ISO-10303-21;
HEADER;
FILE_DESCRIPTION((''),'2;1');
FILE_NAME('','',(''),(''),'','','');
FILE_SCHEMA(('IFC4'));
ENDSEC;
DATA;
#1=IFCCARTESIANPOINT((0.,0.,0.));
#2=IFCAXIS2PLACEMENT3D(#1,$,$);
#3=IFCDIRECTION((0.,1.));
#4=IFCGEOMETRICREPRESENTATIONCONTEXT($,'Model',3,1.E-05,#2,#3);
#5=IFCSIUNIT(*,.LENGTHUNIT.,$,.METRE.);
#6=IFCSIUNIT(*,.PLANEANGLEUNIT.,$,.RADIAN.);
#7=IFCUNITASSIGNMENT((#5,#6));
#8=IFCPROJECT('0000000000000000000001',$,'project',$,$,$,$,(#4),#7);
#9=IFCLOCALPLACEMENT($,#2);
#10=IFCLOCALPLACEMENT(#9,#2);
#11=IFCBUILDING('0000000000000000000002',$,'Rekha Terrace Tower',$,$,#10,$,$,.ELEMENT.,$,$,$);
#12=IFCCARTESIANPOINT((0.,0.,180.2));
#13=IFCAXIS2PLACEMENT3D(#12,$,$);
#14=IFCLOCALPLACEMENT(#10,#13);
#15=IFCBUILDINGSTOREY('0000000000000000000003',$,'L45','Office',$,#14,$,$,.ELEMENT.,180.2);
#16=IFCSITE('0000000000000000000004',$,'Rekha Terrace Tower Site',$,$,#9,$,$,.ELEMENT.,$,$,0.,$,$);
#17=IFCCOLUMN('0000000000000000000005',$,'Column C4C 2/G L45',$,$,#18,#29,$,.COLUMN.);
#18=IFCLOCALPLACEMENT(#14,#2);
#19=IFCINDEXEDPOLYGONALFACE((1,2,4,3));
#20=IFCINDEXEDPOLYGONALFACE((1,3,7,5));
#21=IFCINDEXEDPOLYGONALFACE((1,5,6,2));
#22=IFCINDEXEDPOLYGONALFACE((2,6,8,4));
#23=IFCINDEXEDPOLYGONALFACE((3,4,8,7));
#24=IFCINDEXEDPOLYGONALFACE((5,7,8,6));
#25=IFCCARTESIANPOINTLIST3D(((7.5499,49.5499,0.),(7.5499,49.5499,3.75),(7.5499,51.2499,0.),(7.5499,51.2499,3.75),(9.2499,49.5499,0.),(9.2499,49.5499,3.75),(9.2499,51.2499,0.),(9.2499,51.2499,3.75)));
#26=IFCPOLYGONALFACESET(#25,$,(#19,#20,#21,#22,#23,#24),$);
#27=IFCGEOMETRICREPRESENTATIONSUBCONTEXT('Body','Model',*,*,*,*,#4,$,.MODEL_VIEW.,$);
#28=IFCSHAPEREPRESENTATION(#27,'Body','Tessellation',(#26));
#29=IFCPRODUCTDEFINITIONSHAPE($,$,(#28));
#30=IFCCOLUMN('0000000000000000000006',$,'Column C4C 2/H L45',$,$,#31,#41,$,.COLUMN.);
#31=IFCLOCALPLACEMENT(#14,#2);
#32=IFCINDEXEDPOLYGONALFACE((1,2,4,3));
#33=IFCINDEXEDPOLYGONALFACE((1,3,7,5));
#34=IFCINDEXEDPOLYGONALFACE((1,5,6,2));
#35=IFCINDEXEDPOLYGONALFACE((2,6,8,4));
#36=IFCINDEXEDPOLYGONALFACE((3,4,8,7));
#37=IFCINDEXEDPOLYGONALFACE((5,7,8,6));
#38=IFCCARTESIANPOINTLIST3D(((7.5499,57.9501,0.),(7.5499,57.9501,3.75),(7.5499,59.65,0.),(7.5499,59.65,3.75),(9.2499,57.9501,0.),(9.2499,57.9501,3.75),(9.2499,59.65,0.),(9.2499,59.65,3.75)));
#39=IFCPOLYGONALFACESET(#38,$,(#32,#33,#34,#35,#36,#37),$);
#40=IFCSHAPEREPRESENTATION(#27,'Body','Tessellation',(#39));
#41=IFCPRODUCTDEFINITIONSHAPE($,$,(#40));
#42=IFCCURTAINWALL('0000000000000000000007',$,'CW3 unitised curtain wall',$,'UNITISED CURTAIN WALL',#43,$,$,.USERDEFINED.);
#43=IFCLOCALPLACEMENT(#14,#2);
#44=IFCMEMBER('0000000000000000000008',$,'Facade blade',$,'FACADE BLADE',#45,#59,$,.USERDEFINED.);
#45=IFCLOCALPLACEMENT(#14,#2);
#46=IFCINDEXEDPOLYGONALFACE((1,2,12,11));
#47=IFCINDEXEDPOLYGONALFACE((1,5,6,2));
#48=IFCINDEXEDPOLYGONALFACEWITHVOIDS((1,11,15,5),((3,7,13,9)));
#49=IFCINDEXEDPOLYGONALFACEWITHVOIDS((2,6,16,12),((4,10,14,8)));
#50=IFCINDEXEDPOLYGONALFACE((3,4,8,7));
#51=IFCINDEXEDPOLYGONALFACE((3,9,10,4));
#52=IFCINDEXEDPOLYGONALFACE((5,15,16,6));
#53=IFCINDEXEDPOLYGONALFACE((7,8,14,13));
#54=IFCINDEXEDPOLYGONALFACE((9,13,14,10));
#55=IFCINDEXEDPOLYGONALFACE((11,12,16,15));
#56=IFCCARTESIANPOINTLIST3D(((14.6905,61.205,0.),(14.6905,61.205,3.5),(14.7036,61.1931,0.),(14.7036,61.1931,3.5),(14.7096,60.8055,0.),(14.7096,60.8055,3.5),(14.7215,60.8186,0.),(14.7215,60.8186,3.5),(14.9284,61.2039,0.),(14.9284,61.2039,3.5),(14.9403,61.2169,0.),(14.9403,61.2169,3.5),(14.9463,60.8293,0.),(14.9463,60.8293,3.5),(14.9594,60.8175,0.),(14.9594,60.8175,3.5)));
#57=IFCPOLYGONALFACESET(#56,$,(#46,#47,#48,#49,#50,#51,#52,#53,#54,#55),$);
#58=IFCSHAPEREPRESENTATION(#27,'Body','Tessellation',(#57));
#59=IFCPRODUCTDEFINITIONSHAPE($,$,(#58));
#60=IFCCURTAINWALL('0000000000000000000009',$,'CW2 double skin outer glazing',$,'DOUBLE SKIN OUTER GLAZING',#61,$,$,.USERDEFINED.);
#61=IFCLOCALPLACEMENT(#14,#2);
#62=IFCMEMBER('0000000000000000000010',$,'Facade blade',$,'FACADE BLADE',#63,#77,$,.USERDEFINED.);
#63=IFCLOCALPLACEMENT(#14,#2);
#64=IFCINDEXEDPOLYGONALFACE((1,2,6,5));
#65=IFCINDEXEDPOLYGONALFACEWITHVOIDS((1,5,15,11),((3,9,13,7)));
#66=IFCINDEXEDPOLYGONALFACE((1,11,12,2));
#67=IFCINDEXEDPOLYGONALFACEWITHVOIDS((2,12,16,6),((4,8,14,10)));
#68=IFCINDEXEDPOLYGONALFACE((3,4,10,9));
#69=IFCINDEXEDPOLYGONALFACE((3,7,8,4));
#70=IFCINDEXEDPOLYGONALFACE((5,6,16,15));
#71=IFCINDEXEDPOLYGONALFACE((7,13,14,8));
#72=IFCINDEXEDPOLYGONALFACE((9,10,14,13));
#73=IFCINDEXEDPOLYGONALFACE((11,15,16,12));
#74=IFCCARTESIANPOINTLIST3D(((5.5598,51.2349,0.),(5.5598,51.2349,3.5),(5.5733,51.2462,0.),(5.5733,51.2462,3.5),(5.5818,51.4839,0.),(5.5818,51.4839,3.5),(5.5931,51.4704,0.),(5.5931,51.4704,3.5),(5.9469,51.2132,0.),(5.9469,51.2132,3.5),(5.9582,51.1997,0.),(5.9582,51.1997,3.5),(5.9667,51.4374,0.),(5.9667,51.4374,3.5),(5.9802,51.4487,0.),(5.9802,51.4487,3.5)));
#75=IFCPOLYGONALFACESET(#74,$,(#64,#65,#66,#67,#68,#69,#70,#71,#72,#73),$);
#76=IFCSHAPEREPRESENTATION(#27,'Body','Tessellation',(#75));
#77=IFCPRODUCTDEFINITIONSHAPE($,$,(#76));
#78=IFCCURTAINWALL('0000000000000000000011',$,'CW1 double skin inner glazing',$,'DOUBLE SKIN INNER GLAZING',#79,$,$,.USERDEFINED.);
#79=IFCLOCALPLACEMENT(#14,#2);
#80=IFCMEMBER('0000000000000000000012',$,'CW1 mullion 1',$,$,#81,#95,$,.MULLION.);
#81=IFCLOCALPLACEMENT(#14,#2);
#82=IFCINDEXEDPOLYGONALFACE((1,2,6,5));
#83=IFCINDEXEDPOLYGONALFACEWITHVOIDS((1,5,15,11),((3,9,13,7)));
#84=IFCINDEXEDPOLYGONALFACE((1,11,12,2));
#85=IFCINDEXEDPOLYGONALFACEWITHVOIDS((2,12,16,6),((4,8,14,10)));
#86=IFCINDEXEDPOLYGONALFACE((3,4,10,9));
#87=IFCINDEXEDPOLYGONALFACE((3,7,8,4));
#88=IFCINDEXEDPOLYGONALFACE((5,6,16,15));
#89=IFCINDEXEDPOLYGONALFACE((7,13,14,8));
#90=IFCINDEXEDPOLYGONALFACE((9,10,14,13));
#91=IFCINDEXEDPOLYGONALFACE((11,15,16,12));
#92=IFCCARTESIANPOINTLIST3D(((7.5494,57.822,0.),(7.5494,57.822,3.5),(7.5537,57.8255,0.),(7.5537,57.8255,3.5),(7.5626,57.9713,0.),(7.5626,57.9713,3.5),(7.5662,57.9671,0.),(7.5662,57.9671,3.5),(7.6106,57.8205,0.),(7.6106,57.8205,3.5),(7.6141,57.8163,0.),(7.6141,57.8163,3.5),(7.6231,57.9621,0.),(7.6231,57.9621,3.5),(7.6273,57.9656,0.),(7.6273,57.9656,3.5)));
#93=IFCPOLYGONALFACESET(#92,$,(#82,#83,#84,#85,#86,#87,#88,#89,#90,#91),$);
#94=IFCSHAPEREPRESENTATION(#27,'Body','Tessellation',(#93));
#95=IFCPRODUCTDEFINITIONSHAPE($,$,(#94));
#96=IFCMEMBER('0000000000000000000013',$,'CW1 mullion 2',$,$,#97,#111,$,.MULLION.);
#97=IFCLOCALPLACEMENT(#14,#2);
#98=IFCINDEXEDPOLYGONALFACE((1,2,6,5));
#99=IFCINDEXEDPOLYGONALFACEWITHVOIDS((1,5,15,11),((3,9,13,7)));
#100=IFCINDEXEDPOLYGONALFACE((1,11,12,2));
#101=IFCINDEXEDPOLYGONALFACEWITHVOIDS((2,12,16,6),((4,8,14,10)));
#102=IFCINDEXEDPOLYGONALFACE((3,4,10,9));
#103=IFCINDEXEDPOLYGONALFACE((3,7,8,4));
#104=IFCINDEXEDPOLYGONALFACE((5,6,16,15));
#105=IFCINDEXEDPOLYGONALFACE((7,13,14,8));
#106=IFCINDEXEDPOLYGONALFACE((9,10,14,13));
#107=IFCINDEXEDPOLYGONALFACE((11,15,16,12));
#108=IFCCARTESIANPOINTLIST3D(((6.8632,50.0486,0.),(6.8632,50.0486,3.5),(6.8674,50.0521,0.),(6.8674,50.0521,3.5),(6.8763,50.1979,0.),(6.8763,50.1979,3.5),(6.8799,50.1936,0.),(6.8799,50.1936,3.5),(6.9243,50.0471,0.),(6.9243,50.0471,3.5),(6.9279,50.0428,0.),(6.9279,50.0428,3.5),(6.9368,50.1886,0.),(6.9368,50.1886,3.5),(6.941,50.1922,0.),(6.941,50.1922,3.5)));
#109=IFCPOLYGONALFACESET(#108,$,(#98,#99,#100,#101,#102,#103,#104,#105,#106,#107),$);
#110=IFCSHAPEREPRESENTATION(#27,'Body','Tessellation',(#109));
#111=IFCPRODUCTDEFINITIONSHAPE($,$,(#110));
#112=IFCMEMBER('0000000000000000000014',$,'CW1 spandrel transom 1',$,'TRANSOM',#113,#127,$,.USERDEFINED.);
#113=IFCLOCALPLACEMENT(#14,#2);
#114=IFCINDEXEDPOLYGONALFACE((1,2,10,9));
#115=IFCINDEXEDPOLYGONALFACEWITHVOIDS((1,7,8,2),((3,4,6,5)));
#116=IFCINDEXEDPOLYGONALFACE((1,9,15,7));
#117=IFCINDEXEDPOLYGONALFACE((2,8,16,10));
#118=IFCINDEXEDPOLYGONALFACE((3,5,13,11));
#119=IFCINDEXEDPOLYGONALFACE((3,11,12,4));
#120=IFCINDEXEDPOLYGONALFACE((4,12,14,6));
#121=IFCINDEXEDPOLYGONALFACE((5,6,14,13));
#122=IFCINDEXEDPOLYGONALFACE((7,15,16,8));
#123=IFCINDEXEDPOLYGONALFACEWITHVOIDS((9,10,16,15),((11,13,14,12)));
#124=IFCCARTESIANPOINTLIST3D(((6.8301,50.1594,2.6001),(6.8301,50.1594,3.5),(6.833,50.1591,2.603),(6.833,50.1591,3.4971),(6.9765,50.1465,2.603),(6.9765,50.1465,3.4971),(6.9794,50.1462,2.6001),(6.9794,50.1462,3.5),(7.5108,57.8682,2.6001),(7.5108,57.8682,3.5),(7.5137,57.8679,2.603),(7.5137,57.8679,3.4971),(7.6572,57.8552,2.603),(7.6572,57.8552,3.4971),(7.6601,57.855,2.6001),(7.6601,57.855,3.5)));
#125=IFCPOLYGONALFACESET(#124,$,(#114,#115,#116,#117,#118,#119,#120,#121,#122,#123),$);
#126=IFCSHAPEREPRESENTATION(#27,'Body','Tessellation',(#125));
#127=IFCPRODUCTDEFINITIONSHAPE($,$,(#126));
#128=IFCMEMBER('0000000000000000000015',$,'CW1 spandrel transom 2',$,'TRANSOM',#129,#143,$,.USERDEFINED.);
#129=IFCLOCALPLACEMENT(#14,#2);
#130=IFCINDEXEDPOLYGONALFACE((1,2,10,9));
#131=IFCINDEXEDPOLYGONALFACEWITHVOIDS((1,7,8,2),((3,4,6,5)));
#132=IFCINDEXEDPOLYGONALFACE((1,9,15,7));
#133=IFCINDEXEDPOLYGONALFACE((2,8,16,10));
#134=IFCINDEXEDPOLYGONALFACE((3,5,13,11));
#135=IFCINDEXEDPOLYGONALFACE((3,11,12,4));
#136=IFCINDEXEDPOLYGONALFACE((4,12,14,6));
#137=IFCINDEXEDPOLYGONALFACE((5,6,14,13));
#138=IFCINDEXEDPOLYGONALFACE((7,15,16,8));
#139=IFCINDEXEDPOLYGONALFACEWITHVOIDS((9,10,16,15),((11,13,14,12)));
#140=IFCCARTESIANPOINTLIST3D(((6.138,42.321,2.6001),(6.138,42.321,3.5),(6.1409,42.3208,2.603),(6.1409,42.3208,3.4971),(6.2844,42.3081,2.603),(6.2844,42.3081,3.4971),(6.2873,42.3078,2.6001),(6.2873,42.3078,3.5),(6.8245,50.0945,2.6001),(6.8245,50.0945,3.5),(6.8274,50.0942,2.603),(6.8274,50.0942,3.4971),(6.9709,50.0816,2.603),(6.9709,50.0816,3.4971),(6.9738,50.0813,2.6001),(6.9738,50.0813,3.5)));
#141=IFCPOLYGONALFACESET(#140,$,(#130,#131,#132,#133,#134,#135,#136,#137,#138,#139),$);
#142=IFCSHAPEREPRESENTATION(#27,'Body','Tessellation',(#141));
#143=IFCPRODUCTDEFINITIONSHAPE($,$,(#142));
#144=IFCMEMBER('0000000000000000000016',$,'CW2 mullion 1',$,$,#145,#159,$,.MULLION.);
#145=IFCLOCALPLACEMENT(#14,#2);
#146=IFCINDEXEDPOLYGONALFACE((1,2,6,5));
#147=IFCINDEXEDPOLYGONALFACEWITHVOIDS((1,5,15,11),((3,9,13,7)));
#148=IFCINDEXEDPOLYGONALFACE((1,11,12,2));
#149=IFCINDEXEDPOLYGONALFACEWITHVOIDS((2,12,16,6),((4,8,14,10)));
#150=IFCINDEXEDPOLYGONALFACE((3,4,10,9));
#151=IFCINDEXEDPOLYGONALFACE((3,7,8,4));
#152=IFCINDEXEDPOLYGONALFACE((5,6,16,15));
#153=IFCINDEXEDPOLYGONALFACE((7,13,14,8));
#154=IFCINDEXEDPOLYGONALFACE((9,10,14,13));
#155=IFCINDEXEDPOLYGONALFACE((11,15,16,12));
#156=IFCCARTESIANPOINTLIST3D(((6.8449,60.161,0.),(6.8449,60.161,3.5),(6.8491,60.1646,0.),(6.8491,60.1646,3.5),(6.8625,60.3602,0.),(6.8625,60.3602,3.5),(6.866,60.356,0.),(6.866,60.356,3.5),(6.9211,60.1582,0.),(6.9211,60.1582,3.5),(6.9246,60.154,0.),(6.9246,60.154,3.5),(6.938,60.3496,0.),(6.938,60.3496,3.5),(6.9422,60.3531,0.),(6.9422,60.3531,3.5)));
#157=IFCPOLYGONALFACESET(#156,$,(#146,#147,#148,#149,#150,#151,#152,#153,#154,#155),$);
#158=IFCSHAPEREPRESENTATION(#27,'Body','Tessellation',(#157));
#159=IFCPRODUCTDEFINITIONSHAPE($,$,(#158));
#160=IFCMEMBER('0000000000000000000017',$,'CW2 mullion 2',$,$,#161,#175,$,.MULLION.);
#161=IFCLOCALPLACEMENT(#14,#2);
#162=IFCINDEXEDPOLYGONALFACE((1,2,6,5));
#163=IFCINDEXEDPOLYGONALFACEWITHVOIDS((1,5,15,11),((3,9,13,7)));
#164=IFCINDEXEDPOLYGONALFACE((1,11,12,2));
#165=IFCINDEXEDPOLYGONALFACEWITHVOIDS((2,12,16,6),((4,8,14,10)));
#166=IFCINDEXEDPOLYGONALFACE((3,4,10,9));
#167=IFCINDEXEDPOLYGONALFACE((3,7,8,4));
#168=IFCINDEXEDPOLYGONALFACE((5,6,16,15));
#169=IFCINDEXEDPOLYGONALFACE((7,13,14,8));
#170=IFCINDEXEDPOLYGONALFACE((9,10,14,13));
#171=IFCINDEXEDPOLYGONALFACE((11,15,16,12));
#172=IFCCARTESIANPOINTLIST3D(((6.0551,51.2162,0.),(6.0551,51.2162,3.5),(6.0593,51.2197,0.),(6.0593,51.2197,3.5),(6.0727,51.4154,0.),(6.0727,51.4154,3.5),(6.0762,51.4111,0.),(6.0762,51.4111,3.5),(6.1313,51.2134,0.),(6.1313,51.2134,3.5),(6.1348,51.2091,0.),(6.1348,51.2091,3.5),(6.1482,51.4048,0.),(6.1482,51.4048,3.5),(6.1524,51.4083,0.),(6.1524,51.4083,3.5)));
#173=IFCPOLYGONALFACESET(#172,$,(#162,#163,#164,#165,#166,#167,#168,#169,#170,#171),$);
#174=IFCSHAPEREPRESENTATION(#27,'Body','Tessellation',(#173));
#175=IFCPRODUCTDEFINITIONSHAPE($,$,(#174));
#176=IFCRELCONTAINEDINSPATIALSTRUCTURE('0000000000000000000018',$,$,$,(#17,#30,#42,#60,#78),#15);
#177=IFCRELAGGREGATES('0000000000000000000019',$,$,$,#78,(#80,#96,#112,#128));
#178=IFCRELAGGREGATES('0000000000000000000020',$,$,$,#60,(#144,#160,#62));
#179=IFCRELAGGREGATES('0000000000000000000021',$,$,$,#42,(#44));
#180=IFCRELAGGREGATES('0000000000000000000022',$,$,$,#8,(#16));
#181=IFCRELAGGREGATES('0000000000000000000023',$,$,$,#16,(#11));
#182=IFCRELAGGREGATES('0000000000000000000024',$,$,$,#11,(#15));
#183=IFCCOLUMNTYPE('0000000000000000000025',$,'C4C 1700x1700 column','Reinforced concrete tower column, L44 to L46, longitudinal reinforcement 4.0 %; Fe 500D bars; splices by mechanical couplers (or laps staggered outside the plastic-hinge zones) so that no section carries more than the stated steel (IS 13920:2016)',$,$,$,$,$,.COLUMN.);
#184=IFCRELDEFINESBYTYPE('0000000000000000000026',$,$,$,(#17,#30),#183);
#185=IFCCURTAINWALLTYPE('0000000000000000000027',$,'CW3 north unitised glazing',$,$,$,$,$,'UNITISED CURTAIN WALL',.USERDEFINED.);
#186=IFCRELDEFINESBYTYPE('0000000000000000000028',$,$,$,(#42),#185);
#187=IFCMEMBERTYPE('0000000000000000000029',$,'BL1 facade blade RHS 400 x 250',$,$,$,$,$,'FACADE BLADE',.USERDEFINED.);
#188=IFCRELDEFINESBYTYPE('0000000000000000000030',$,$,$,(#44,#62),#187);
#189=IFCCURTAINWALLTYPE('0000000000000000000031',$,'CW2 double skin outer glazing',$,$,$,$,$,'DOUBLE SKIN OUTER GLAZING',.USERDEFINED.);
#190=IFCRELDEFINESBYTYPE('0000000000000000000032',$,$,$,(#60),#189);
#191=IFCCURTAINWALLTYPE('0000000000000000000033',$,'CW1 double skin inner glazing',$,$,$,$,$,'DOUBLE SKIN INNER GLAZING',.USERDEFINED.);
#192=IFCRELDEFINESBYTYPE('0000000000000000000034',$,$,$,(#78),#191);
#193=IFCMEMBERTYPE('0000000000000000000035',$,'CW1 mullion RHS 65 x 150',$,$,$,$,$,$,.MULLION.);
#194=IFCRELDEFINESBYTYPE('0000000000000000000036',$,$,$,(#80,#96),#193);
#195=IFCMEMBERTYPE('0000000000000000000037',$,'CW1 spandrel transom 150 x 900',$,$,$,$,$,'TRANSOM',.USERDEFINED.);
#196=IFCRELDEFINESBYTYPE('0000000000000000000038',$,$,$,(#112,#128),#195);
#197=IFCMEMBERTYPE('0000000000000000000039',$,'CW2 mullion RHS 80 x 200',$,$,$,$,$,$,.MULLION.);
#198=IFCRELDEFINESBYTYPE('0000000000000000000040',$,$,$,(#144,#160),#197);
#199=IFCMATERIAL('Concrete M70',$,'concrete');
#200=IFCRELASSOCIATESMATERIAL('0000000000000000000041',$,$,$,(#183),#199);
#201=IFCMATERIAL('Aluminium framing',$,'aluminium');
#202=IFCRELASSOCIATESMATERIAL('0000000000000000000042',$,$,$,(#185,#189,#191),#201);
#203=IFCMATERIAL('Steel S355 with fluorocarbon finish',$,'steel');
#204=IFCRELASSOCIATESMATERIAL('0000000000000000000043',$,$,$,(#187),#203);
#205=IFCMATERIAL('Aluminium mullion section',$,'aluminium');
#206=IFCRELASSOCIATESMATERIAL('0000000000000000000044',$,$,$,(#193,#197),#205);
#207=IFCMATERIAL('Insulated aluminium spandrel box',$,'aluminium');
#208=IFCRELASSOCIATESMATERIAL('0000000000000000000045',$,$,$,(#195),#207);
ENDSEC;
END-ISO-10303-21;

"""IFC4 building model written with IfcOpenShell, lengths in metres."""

from ifc_helpers import new_model, si_unit, direction, frame, origin, origin_2d, place, context, subcontext, project, spatial, rectangle, hollow_rectangle, extrude, material, material_profile, profile_set, type_object, element, aggregate, save


model = new_model("IFC4")

# Units and contexts
model_context = context("Model", 3, precision=1e-05, world=origin(), true_north=direction((0.0, 1.0)))
body_context = subcontext(model_context, "Body", "Model", "MODEL_VIEW")
ifc_project = project(units=[si_unit("LENGTHUNIT", "METRE"), si_unit("PLANEANGLEUNIT", "RADIAN")], contexts=[model_context])

# Site, building, storey
site_placement = place(None, origin())
site = spatial("IfcSite", under=ifc_project, at=site_placement, Name="Rekha Terrace Tower Site", CompositionType="ELEMENT", RefElevation=0.0)
building_placement = place(site_placement, origin())
building = spatial("IfcBuilding", under=site, at=building_placement, Name="Rekha Terrace Tower", CompositionType="ELEMENT")
storey_placement = place(building_placement, frame((0.0, 0.0, 180.2)))
storey = spatial("IfcBuildingStorey", under=building, at=storey_placement, Name="L45", Description="Office", CompositionType="ELEMENT", Elevation=180.2)

# Columns
ifc_material_1 = material(Name="Concrete M70", Category="concrete")
ifc_material_profile_1 = material_profile(ifc_material_1, rectangle(XDim=1.7, YDim=1.7, at=origin_2d()), Name="RC 1700x1700")
ifc_profile_set_1 = profile_set([ifc_material_profile_1], Name="Concrete M70")
column_type = type_object("IfcColumnType", Name="C4C 1700x1700 column", Description="Reinforced concrete tower column, L44 to L46, longitudinal reinforcement 4.0 %; Fe 500D bars; splices by mechanical couplers (or laps staggered outside the plastic-hinge zones) so that no section carries more than the stated steel (IS 13920:2016)", PredefinedType="COLUMN", material=ifc_profile_set_1)
for number, where, z_axis, x_axis, name in (
    (1, (8.3999, 50.3999, 0.0), (0.0, 0.0, 1.0), (1.0, 0.0, 0.0), "Column C4C 2/G L45"),
    (2, (8.3999, 58.8, 0.0), (0.0, 0.0, 1.0), (1.0, 0.0, 0.0), "Column C4C 2/H L45"),
):
    element("IfcColumn", number, at=place(storey_placement, frame(where, z_axis=z_axis, x_axis=x_axis)), inside=storey, type_object=column_type, Name=name, PredefinedType="COLUMN", context=body_context, shape_type="SweptSolid", body=[
        extrude(rectangle(XDim=1.7, YDim=1.7, at=origin_2d()), origin(), (0.0, 0.0, 1.0), 3.75),
    ])

# Curtain walls, members
ifc_material_2 = material(Name="Aluminium framing", Category="aluminium")
curtain_wall_type_1 = type_object("IfcCurtainWallType", Name="CW3 north unitised glazing", ElementType="UNITISED CURTAIN WALL", PredefinedType="USERDEFINED", material=ifc_material_2)
curtain_wall_1_placement = place(storey_placement, origin())
curtain_wall_1 = element("IfcCurtainWall", 3, at=curtain_wall_1_placement, inside=storey, type_object=curtain_wall_type_1, Name="CW3 unitised curtain wall", ObjectType="UNITISED CURTAIN WALL", PredefinedType="USERDEFINED")
ifc_material_3 = material(Name="Steel S355 with fluorocarbon finish", Category="steel")
ifc_material_profile_2 = material_profile(ifc_material_3, hollow_rectangle(XDim=0.25, YDim=0.3999, WallThickness=0.0125, at=origin_2d()), Name="RHS400x250x12.5")
ifc_profile_set_2 = profile_set([ifc_material_profile_2], Name="Steel S355 with fluorocarbon finish")
member_type_1 = type_object("IfcMemberType", Name="BL1 facade blade RHS 400 x 250", ElementType="FACADE BLADE", PredefinedType="USERDEFINED", material=ifc_profile_set_2)
member_1_placement = place(storey_placement, frame((14.825, 61.0112, 0.0), z_axis=(0.0, 0.0, 1.0), x_axis=(-0.998859, -0.047758, 0.0)))
member_1 = element("IfcMember", 4, at=member_1_placement, type_object=member_type_1, Name="Facade blade", ObjectType="FACADE BLADE", PredefinedType="USERDEFINED", context=body_context, shape_type="SweptSolid", body=[
    extrude(hollow_rectangle(XDim=0.25, YDim=0.3999, WallThickness=0.0125, at=origin_2d()), origin(), (0.0, 0.0, 1.0), 3.5),
])
curtain_wall_type_2 = type_object("IfcCurtainWallType", Name="CW2 double skin outer glazing", ElementType="DOUBLE SKIN OUTER GLAZING", PredefinedType="USERDEFINED", material=ifc_material_2)
curtain_wall_2_placement = place(storey_placement, origin())
curtain_wall_2 = element("IfcCurtainWall", 5, at=curtain_wall_2_placement, inside=storey, type_object=curtain_wall_type_2, Name="CW2 double skin outer glazing", ObjectType="DOUBLE SKIN OUTER GLAZING", PredefinedType="USERDEFINED")
member_2_placement = place(storey_placement, frame((5.77, 51.3418, 0.0), z_axis=(0.0, 0.0, 1.0), x_axis=(-0.087957, -0.996124, 0.0)))
member_2 = element("IfcMember", 6, at=member_2_placement, type_object=member_type_1, Name="Facade blade", ObjectType="FACADE BLADE", PredefinedType="USERDEFINED", context=body_context, shape_type="SweptSolid", body=[
    extrude(hollow_rectangle(XDim=0.25, YDim=0.3999, WallThickness=0.0125, at=origin_2d()), origin(), (0.0, 0.0, 1.0), 3.5),
])

# Curtain wall, members
curtain_wall_type_3 = type_object("IfcCurtainWallType", Name="CW1 double skin inner glazing", ElementType="DOUBLE SKIN INNER GLAZING", PredefinedType="USERDEFINED", material=ifc_material_2)
curtain_wall_3_placement = place(storey_placement, origin())
curtain_wall_3 = element("IfcCurtainWall", 7, at=curtain_wall_3_placement, inside=storey, type_object=curtain_wall_type_3, Name="CW1 double skin inner glazing", ObjectType="DOUBLE SKIN INNER GLAZING", PredefinedType="USERDEFINED")
ifc_material_4 = material(Name="Aluminium mullion section", Category="aluminium")
ifc_material_profile_3 = material_profile(ifc_material_4, hollow_rectangle(XDim=0.0649, YDim=0.1499, WallThickness=0.0039, at=origin_2d()), Name="AL RHS 65x150")
ifc_profile_set_3 = profile_set([ifc_material_profile_3], Name="Aluminium mullion section")
member_type_2 = type_object("IfcMemberType", Name="CW1 mullion RHS 65 x 150", PredefinedType="MULLION", material=ifc_profile_set_3)
member_3_placement = place(storey_placement, frame((7.5884, 57.8938, 0.0), z_axis=(0.0, 0.0, 1.0), x_axis=(0.996124, -0.087958, 0.0)))
member_3 = element("IfcMember", 8, at=member_3_placement, type_object=member_type_2, Name="CW1 mullion 1", PredefinedType="MULLION", context=body_context, shape_type="SweptSolid", body=[
    extrude(hollow_rectangle(XDim=0.0649, YDim=0.1499, WallThickness=0.0039, at=origin_2d()), origin(), (0.0, 0.0, 1.0), 3.5),
])
member_4_placement = place(storey_placement, frame((6.9021, 50.1204, 0.0), z_axis=(0.0, 0.0, 1.0), x_axis=(0.996124, -0.087958, 0.0)))
member_4 = element("IfcMember", 9, at=member_4_placement, type_object=member_type_2, Name="CW1 mullion 2", PredefinedType="MULLION", context=body_context, shape_type="SweptSolid", body=[
    extrude(hollow_rectangle(XDim=0.0649, YDim=0.1499, WallThickness=0.0039, at=origin_2d()), origin(), (0.0, 0.0, 1.0), 3.5),
])
ifc_material_5 = material(Name="Insulated aluminium spandrel box", Category="aluminium")
ifc_material_profile_4 = material_profile(ifc_material_5, hollow_rectangle(XDim=0.1499, YDim=0.8999, WallThickness=0.0029, at=origin_2d()), Name="AL SPANDREL BOX 150x900")
ifc_profile_set_4 = profile_set([ifc_material_profile_4], Name="Insulated aluminium spandrel box")
member_type_3 = type_object("IfcMemberType", Name="CW1 spandrel transom 150 x 900", ElementType="TRANSOM", PredefinedType="USERDEFINED", material=ifc_profile_set_4)
member_5_placement = place(storey_placement, frame((7.5854, 57.8616, 3.05), z_axis=(-0.087955, -0.996124, 0.0), x_axis=(0.996124, -0.087955, 0.0)))
member_5 = element("IfcMember", 10, at=member_5_placement, type_object=member_type_3, Name="CW1 spandrel transom 1", ObjectType="TRANSOM", PredefinedType="USERDEFINED", context=body_context, shape_type="SweptSolid", body=[
    extrude(hollow_rectangle(XDim=0.1499, YDim=0.8999, WallThickness=0.0029, at=origin_2d()), origin(), (0.0, 0.0, 1.0), 7.7388),
])
member_6_placement = place(storey_placement, frame((6.8992, 50.0879, 3.05), z_axis=(-0.087974, -0.996123, 0.0), x_axis=(0.996123, -0.087974, 0.0)))
member_6 = element("IfcMember", 11, at=member_6_placement, type_object=member_type_3, Name="CW1 spandrel transom 2", ObjectType="TRANSOM", PredefinedType="USERDEFINED", context=body_context, shape_type="SweptSolid", body=[
    extrude(hollow_rectangle(XDim=0.1499, YDim=0.8999, WallThickness=0.0029, at=origin_2d()), origin(), (0.0, 0.0, 1.0), 7.8037),
])

# Members
ifc_material_profile_5 = material_profile(ifc_material_4, hollow_rectangle(XDim=0.0801, YDim=0.2, WallThickness=0.0039, at=origin_2d()), Name="AL RHS 80x200")
ifc_profile_set_5 = profile_set([ifc_material_profile_5], Name="Aluminium mullion section")
member_type_4 = type_object("IfcMemberType", Name="CW2 mullion RHS 80 x 200", PredefinedType="MULLION", material=ifc_profile_set_5)
member_7_placement = place(storey_placement, frame((6.8936, 60.2571, 0.0), z_axis=(0.0, 0.0, 1.0), x_axis=(0.996124, -0.087958, 0.0)))
member_7 = element("IfcMember", 12, at=member_7_placement, type_object=member_type_4, Name="CW2 mullion 1", PredefinedType="MULLION", context=body_context, shape_type="SweptSolid", body=[
    extrude(hollow_rectangle(XDim=0.0801, YDim=0.2, WallThickness=0.0039, at=origin_2d()), origin(), (0.0, 0.0, 1.0), 3.5),
])
member_8_placement = place(storey_placement, frame((6.1038, 51.3123, 0.0), z_axis=(0.0, 0.0, 1.0), x_axis=(0.996124, -0.087958, 0.0)))
member_8 = element("IfcMember", 13, at=member_8_placement, type_object=member_type_4, Name="CW2 mullion 2", PredefinedType="MULLION", context=body_context, shape_type="SweptSolid", body=[
    extrude(hollow_rectangle(XDim=0.0801, YDim=0.2, WallThickness=0.0039, at=origin_2d()), origin(), (0.0, 0.0, 1.0), 3.5),
])

aggregate(curtain_wall_3, [member_3, member_4, member_5, member_6])
aggregate(curtain_wall_2, [member_7, member_8, member_2])
aggregate(curtain_wall_1, [member_1])

save(model, "model.ifc")
